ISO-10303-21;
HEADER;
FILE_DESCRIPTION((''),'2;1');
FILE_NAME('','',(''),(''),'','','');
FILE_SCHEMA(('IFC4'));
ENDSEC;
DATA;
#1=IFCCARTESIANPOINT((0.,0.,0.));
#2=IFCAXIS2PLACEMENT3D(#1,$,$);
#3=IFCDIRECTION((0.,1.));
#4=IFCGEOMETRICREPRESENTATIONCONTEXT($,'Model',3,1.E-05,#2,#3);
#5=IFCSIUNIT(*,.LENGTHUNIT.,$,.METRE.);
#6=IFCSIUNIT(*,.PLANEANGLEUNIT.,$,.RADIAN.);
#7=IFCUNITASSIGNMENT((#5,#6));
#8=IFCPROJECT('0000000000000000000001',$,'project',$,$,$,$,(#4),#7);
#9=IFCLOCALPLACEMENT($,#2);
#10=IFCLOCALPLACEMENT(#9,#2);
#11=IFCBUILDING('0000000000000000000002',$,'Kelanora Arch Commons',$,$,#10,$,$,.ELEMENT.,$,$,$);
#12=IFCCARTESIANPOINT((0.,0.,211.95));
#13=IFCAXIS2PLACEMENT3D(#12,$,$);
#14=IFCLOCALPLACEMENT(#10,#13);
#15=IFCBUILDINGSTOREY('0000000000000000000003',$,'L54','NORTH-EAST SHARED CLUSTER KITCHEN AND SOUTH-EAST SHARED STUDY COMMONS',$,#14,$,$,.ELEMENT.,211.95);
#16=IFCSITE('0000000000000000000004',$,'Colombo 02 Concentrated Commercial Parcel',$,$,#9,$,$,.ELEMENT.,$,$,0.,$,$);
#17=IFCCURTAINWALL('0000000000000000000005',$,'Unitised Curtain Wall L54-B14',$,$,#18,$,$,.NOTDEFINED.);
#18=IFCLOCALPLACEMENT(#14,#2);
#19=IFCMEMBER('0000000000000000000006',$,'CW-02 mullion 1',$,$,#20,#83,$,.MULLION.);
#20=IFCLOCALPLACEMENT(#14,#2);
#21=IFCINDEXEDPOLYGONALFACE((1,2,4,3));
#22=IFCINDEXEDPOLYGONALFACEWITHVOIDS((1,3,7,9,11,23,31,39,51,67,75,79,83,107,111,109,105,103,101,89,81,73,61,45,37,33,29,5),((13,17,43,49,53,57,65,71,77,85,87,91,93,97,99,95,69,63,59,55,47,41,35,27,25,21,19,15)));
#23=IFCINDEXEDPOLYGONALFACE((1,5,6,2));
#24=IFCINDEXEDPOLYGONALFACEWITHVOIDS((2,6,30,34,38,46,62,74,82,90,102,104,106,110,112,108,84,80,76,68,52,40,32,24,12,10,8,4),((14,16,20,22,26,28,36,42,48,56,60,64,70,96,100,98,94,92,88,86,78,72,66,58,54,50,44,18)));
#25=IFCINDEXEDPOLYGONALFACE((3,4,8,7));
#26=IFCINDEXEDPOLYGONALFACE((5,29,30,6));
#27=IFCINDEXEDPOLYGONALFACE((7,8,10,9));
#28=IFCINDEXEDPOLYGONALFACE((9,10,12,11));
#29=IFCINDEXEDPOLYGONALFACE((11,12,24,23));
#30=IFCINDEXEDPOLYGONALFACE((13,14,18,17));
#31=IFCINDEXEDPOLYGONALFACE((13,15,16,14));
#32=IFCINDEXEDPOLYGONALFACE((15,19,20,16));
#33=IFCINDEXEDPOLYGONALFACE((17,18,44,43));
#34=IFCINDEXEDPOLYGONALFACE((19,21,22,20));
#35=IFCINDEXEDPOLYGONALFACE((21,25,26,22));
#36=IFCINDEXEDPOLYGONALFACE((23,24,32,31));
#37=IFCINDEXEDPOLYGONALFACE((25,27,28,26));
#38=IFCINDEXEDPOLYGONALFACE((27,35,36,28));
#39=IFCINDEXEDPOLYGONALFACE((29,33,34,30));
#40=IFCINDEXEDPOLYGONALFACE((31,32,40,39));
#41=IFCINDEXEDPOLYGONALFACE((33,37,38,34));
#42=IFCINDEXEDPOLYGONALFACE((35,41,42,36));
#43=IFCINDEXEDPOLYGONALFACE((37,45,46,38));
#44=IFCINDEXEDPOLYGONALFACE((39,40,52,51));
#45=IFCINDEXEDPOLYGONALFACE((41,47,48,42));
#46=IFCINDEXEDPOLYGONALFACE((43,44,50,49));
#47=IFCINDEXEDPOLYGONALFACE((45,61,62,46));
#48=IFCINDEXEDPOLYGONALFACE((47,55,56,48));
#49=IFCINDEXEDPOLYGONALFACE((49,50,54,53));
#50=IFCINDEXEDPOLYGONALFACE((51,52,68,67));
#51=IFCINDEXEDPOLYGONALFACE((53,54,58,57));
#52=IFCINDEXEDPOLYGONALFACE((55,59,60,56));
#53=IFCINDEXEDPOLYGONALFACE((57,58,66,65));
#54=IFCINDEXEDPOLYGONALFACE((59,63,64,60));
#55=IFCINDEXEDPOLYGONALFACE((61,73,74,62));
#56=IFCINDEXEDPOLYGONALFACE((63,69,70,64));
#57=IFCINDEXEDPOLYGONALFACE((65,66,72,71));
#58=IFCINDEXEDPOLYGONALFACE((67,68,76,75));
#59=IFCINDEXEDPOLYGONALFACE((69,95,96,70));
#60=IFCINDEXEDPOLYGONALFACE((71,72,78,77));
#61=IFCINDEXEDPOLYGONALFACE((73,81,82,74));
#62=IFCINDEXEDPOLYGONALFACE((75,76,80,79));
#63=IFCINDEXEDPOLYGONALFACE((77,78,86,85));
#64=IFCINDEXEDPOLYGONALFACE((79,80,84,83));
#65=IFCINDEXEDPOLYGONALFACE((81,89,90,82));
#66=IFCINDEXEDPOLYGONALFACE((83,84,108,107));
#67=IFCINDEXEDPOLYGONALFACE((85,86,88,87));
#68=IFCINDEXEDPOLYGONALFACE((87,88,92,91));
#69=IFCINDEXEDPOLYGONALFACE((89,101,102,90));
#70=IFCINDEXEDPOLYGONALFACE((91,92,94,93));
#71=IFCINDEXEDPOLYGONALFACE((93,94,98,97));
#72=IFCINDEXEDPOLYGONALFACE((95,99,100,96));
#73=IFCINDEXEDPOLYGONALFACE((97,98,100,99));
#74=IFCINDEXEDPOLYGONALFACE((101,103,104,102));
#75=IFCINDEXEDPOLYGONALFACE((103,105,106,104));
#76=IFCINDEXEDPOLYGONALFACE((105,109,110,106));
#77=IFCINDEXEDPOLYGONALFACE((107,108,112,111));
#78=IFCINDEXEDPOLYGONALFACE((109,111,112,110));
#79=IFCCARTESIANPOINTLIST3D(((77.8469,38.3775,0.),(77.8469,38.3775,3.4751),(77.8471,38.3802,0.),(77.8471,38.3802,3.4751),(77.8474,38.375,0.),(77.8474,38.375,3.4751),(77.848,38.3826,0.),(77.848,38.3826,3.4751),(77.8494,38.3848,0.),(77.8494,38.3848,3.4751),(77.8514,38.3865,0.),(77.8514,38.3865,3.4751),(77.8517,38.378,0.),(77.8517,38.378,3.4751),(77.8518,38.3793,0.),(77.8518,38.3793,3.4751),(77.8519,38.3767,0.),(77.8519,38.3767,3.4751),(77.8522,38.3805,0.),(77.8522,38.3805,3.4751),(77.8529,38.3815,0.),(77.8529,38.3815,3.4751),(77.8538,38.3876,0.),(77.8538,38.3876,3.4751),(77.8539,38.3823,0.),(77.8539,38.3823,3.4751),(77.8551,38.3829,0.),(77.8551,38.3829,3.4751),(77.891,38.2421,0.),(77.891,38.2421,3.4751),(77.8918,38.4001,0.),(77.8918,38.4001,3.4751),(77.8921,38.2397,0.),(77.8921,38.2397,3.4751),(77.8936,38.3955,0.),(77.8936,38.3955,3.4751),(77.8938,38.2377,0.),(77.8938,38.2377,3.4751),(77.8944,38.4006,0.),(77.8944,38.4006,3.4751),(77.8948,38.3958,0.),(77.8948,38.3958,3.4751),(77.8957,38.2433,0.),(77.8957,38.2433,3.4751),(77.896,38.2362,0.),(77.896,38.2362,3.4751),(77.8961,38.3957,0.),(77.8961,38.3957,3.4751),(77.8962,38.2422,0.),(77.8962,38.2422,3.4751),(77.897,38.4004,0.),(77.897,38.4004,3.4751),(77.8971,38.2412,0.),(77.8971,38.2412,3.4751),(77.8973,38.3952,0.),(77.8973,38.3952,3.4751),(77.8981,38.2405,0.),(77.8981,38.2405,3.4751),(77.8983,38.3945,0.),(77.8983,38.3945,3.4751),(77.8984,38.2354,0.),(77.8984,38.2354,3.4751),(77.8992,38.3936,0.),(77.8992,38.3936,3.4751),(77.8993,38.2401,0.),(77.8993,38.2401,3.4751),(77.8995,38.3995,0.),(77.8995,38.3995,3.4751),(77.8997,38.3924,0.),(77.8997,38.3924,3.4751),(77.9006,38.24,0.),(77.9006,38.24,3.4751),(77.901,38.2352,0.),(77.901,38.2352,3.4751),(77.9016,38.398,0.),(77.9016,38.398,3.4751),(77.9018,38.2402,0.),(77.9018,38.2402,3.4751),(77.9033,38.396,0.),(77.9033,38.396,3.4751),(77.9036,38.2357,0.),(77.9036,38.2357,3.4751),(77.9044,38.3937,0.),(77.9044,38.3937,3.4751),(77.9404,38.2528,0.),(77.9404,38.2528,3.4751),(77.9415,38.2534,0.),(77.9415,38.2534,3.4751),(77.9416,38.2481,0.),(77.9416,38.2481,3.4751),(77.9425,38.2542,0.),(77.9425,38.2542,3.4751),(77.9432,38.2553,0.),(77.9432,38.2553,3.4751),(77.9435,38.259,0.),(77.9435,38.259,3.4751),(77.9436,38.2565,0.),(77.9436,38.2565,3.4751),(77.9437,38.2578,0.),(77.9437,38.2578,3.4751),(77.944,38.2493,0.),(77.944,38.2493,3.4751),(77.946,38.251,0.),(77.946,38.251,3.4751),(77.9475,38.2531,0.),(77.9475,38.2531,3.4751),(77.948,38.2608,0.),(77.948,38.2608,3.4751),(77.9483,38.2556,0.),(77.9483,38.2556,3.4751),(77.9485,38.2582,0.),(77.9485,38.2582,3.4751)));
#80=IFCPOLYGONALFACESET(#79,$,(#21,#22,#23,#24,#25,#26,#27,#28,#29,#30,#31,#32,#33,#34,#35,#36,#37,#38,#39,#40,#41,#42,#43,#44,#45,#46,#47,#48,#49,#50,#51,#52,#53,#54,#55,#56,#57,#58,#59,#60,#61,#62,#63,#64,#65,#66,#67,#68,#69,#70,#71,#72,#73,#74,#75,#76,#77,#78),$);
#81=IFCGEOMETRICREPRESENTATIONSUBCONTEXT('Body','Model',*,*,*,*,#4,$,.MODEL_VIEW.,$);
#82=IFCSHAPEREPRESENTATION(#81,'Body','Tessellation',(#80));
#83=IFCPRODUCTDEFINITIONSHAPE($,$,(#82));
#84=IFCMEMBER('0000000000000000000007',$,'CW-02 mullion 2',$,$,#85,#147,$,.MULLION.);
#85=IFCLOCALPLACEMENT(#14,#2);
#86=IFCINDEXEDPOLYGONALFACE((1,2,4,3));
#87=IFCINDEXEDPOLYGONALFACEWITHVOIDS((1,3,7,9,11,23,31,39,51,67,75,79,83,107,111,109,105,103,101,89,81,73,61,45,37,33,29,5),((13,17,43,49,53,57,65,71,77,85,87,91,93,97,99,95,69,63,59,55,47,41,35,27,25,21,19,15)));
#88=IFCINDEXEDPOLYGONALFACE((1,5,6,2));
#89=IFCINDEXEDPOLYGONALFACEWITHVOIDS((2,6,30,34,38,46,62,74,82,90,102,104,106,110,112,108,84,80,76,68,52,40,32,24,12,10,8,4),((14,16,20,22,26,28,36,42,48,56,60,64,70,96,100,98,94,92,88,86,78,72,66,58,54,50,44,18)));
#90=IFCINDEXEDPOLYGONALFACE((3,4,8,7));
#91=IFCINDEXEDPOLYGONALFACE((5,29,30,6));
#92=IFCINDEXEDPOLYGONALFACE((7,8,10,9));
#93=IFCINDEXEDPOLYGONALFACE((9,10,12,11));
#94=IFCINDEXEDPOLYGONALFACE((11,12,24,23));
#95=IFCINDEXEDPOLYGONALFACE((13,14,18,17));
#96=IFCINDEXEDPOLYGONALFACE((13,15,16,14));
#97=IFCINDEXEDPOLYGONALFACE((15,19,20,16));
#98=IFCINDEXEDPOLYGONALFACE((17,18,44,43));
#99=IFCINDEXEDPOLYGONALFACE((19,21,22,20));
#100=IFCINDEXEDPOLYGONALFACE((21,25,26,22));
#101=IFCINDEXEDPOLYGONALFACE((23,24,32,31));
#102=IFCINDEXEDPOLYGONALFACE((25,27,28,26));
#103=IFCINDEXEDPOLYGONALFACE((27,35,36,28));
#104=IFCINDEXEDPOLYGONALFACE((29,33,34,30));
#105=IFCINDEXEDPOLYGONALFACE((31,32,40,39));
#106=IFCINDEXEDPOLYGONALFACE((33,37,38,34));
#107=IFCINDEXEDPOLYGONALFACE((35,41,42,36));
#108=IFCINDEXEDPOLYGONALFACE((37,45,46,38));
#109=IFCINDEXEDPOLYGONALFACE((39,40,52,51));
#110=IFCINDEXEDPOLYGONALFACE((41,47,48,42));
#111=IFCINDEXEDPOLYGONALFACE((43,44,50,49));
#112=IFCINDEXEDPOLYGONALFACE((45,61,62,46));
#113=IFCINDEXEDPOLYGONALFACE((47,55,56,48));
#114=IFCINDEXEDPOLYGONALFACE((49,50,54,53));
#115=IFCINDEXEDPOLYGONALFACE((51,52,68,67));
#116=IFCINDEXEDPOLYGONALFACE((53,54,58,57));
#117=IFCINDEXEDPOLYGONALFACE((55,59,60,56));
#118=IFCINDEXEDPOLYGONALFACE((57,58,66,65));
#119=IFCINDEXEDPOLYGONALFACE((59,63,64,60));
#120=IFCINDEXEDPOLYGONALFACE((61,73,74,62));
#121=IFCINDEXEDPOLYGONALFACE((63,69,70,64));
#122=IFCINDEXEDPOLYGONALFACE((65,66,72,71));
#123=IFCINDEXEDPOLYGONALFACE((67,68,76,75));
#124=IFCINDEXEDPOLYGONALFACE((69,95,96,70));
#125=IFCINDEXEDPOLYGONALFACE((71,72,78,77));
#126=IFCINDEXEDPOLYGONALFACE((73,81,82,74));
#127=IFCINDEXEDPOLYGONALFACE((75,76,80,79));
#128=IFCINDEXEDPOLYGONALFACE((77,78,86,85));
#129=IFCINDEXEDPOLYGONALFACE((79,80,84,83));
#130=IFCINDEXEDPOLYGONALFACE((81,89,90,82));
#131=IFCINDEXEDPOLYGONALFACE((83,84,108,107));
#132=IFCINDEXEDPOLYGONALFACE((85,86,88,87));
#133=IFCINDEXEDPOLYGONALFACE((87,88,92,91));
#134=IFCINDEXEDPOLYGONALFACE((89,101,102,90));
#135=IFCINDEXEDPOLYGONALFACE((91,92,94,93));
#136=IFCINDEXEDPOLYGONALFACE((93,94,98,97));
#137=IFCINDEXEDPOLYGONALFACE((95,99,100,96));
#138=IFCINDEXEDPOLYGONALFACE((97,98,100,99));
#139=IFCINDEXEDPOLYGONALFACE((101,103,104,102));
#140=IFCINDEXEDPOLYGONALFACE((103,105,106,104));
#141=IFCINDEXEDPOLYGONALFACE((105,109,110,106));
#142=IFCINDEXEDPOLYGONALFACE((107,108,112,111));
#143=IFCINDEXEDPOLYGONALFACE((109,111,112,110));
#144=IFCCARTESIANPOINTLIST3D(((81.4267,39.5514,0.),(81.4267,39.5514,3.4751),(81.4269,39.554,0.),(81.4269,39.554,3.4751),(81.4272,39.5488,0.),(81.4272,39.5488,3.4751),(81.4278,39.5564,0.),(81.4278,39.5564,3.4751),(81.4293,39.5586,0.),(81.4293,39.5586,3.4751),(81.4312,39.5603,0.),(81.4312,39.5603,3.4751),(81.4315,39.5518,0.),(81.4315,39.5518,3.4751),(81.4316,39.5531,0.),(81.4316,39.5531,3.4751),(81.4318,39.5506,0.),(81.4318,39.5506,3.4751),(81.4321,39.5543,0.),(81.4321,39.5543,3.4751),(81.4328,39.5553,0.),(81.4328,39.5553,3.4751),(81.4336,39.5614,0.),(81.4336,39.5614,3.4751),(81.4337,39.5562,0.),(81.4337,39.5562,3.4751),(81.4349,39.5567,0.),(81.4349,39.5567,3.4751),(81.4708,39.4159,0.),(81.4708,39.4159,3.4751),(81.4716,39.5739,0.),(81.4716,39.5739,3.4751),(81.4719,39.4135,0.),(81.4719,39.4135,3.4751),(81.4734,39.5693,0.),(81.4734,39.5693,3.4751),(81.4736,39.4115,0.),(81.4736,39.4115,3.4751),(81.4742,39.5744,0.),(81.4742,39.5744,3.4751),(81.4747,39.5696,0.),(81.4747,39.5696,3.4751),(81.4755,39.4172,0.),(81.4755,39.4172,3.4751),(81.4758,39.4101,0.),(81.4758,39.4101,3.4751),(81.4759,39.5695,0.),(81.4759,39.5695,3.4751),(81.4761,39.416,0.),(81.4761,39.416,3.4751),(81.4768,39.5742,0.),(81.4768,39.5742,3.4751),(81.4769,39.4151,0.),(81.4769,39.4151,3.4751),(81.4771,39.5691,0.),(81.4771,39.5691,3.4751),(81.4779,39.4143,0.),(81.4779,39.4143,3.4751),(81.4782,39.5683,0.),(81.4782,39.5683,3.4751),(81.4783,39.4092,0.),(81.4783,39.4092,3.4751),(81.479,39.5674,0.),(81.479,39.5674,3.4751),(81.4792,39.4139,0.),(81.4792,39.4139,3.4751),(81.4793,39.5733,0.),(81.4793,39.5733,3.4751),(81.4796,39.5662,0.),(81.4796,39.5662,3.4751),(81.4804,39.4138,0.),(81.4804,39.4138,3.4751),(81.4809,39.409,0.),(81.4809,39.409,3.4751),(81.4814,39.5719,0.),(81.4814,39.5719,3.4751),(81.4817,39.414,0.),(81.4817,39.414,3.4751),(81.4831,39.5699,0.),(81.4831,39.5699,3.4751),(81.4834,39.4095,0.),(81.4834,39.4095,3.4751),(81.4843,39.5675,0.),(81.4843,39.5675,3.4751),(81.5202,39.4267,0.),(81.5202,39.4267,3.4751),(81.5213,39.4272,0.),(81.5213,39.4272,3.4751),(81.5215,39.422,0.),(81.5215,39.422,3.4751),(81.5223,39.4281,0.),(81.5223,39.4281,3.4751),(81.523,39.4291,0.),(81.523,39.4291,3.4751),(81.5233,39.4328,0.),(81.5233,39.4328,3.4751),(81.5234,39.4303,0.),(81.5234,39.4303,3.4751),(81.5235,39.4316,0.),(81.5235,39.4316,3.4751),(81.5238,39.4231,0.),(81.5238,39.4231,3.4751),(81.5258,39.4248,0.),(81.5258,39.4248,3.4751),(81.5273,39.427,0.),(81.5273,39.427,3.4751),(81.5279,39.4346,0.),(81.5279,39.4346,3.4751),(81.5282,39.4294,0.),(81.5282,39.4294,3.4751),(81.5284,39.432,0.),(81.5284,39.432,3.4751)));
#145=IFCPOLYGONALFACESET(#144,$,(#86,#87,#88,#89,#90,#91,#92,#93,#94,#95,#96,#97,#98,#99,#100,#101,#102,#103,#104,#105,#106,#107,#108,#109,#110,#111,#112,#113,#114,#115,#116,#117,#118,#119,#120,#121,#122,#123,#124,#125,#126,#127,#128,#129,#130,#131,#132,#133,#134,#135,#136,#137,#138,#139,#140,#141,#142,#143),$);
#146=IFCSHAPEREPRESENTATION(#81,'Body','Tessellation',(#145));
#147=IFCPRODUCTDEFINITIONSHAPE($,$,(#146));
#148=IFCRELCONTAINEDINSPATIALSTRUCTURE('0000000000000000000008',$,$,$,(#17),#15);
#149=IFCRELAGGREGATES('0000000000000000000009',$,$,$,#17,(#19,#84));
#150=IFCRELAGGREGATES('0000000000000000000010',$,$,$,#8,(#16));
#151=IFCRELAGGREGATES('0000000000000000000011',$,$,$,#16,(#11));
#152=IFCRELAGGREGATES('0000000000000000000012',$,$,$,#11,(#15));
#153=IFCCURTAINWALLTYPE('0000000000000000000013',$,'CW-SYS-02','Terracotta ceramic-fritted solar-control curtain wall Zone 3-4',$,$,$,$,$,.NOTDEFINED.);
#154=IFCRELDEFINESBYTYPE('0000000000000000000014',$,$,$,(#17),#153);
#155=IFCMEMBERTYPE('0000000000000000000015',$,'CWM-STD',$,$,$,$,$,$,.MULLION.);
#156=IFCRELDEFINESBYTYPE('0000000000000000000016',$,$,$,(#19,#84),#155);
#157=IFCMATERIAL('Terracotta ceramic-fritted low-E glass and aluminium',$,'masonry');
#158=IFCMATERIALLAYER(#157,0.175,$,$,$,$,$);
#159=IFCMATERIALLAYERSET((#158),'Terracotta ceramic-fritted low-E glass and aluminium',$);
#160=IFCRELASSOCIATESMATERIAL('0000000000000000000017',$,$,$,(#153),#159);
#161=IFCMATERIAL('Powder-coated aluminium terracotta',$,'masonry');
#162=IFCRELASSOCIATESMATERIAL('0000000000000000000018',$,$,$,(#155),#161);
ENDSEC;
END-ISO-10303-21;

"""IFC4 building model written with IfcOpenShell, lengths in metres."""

from ifc_helpers import new_model, si_unit, direction, frame, origin, origin_2d, place, context, subcontext, project, spatial, hollow_rectangle, extrude, material, layer, layer_set, material_profile, profile_set, type_object, element, aggregate, save


model = new_model("IFC4")

# Units and contexts
model_context = context("Model", 3, precision=1e-05, world=origin(), true_north=direction((0.0, 1.0)))
body_context = subcontext(model_context, "Body", "Model", "MODEL_VIEW")
ifc_project = project(units=[si_unit("LENGTHUNIT", "METRE"), si_unit("PLANEANGLEUNIT", "RADIAN")], contexts=[model_context])

# Site, building, storey
site_placement = place(None, origin())
site = spatial("IfcSite", under=ifc_project, at=site_placement, Name="Colombo 02 Concentrated Commercial Parcel", CompositionType="ELEMENT", RefElevation=0.0)
building_placement = place(site_placement, origin())
building = spatial("IfcBuilding", under=site, at=building_placement, Name="Kelanora Arch Commons", CompositionType="ELEMENT")
storey_placement = place(building_placement, frame((0.0, 0.0, 211.95)))
storey = spatial("IfcBuildingStorey", under=building, at=storey_placement, Name="L54", Description="NORTH-EAST SHARED CLUSTER KITCHEN AND SOUTH-EAST SHARED STUDY COMMONS", CompositionType="ELEMENT", Elevation=211.95)

# Curtain wall, members
ifc_material_1 = material(Name="Terracotta ceramic-fritted low-E glass and aluminium", Category="masonry")
ifc_layer_1 = layer(ifc_material_1, 0.175)
ifc_layer_set_1 = layer_set([ifc_layer_1], Name="Terracotta ceramic-fritted low-E glass and aluminium")
curtain_wall_type = type_object("IfcCurtainWallType", Name="CW-SYS-02", Description="Terracotta ceramic-fritted solar-control curtain wall Zone 3-4", PredefinedType="NOTDEFINED", material=ifc_layer_set_1)
curtain_wall_placement = place(storey_placement, origin())
curtain_wall = element("IfcCurtainWall", 1, at=curtain_wall_placement, inside=storey, type_object=curtain_wall_type, Name="Unitised Curtain Wall L54-B14", PredefinedType="NOTDEFINED")
ifc_material_2 = material(Name="Powder-coated aluminium terracotta", Category="masonry")
ifc_material_profile_1 = material_profile(ifc_material_2, hollow_rectangle(XDim=0.1599, YDim=0.0601, WallThickness=0.0049, InnerFilletRadius=0.0049, OuterFilletRadius=0.01, at=origin_2d()), Name="CWM160x60")
ifc_profile_set_1 = profile_set([ifc_material_profile_1], Name="Powder-coated aluminium terracotta")
member_type_1 = type_object("IfcMemberType", Name="CWM-STD", PredefinedType="MULLION", material=ifc_profile_set_1)
member_1_placement = place(storey_placement, frame((77.8977, 38.3179, 0.0), z_axis=(0.0, 0.0, 1.0), x_axis=(-0.311582, 0.950219, 0.0)))
member_1 = element("IfcMember", 2, at=member_1_placement, type_object=member_type_1, Name="CW-02 mullion 1", PredefinedType="MULLION", context=body_context, shape_type="SweptSolid", body=[
    extrude(hollow_rectangle(XDim=0.1599, YDim=0.0601, WallThickness=0.0049, InnerFilletRadius=0.0049, OuterFilletRadius=0.01, at=origin_2d()), origin(), (0.0, 0.0, 1.0), 3.4751),
])
member_2_placement = place(storey_placement, frame((81.4775, 39.4917, 0.0), z_axis=(0.0, 0.0, 1.0), x_axis=(-0.311582, 0.950219, 0.0)))
member_2 = element("IfcMember", 3, at=member_2_placement, type_object=member_type_1, Name="CW-02 mullion 2", PredefinedType="MULLION", context=body_context, shape_type="SweptSolid", body=[
    extrude(hollow_rectangle(XDim=0.1599, YDim=0.0601, WallThickness=0.0049, InnerFilletRadius=0.0049, OuterFilletRadius=0.01, at=origin_2d()), origin(), (0.0, 0.0, 1.0), 3.4751),
])
aggregate(curtain_wall, [member_1, member_2])

save(model, "model.ifc")
